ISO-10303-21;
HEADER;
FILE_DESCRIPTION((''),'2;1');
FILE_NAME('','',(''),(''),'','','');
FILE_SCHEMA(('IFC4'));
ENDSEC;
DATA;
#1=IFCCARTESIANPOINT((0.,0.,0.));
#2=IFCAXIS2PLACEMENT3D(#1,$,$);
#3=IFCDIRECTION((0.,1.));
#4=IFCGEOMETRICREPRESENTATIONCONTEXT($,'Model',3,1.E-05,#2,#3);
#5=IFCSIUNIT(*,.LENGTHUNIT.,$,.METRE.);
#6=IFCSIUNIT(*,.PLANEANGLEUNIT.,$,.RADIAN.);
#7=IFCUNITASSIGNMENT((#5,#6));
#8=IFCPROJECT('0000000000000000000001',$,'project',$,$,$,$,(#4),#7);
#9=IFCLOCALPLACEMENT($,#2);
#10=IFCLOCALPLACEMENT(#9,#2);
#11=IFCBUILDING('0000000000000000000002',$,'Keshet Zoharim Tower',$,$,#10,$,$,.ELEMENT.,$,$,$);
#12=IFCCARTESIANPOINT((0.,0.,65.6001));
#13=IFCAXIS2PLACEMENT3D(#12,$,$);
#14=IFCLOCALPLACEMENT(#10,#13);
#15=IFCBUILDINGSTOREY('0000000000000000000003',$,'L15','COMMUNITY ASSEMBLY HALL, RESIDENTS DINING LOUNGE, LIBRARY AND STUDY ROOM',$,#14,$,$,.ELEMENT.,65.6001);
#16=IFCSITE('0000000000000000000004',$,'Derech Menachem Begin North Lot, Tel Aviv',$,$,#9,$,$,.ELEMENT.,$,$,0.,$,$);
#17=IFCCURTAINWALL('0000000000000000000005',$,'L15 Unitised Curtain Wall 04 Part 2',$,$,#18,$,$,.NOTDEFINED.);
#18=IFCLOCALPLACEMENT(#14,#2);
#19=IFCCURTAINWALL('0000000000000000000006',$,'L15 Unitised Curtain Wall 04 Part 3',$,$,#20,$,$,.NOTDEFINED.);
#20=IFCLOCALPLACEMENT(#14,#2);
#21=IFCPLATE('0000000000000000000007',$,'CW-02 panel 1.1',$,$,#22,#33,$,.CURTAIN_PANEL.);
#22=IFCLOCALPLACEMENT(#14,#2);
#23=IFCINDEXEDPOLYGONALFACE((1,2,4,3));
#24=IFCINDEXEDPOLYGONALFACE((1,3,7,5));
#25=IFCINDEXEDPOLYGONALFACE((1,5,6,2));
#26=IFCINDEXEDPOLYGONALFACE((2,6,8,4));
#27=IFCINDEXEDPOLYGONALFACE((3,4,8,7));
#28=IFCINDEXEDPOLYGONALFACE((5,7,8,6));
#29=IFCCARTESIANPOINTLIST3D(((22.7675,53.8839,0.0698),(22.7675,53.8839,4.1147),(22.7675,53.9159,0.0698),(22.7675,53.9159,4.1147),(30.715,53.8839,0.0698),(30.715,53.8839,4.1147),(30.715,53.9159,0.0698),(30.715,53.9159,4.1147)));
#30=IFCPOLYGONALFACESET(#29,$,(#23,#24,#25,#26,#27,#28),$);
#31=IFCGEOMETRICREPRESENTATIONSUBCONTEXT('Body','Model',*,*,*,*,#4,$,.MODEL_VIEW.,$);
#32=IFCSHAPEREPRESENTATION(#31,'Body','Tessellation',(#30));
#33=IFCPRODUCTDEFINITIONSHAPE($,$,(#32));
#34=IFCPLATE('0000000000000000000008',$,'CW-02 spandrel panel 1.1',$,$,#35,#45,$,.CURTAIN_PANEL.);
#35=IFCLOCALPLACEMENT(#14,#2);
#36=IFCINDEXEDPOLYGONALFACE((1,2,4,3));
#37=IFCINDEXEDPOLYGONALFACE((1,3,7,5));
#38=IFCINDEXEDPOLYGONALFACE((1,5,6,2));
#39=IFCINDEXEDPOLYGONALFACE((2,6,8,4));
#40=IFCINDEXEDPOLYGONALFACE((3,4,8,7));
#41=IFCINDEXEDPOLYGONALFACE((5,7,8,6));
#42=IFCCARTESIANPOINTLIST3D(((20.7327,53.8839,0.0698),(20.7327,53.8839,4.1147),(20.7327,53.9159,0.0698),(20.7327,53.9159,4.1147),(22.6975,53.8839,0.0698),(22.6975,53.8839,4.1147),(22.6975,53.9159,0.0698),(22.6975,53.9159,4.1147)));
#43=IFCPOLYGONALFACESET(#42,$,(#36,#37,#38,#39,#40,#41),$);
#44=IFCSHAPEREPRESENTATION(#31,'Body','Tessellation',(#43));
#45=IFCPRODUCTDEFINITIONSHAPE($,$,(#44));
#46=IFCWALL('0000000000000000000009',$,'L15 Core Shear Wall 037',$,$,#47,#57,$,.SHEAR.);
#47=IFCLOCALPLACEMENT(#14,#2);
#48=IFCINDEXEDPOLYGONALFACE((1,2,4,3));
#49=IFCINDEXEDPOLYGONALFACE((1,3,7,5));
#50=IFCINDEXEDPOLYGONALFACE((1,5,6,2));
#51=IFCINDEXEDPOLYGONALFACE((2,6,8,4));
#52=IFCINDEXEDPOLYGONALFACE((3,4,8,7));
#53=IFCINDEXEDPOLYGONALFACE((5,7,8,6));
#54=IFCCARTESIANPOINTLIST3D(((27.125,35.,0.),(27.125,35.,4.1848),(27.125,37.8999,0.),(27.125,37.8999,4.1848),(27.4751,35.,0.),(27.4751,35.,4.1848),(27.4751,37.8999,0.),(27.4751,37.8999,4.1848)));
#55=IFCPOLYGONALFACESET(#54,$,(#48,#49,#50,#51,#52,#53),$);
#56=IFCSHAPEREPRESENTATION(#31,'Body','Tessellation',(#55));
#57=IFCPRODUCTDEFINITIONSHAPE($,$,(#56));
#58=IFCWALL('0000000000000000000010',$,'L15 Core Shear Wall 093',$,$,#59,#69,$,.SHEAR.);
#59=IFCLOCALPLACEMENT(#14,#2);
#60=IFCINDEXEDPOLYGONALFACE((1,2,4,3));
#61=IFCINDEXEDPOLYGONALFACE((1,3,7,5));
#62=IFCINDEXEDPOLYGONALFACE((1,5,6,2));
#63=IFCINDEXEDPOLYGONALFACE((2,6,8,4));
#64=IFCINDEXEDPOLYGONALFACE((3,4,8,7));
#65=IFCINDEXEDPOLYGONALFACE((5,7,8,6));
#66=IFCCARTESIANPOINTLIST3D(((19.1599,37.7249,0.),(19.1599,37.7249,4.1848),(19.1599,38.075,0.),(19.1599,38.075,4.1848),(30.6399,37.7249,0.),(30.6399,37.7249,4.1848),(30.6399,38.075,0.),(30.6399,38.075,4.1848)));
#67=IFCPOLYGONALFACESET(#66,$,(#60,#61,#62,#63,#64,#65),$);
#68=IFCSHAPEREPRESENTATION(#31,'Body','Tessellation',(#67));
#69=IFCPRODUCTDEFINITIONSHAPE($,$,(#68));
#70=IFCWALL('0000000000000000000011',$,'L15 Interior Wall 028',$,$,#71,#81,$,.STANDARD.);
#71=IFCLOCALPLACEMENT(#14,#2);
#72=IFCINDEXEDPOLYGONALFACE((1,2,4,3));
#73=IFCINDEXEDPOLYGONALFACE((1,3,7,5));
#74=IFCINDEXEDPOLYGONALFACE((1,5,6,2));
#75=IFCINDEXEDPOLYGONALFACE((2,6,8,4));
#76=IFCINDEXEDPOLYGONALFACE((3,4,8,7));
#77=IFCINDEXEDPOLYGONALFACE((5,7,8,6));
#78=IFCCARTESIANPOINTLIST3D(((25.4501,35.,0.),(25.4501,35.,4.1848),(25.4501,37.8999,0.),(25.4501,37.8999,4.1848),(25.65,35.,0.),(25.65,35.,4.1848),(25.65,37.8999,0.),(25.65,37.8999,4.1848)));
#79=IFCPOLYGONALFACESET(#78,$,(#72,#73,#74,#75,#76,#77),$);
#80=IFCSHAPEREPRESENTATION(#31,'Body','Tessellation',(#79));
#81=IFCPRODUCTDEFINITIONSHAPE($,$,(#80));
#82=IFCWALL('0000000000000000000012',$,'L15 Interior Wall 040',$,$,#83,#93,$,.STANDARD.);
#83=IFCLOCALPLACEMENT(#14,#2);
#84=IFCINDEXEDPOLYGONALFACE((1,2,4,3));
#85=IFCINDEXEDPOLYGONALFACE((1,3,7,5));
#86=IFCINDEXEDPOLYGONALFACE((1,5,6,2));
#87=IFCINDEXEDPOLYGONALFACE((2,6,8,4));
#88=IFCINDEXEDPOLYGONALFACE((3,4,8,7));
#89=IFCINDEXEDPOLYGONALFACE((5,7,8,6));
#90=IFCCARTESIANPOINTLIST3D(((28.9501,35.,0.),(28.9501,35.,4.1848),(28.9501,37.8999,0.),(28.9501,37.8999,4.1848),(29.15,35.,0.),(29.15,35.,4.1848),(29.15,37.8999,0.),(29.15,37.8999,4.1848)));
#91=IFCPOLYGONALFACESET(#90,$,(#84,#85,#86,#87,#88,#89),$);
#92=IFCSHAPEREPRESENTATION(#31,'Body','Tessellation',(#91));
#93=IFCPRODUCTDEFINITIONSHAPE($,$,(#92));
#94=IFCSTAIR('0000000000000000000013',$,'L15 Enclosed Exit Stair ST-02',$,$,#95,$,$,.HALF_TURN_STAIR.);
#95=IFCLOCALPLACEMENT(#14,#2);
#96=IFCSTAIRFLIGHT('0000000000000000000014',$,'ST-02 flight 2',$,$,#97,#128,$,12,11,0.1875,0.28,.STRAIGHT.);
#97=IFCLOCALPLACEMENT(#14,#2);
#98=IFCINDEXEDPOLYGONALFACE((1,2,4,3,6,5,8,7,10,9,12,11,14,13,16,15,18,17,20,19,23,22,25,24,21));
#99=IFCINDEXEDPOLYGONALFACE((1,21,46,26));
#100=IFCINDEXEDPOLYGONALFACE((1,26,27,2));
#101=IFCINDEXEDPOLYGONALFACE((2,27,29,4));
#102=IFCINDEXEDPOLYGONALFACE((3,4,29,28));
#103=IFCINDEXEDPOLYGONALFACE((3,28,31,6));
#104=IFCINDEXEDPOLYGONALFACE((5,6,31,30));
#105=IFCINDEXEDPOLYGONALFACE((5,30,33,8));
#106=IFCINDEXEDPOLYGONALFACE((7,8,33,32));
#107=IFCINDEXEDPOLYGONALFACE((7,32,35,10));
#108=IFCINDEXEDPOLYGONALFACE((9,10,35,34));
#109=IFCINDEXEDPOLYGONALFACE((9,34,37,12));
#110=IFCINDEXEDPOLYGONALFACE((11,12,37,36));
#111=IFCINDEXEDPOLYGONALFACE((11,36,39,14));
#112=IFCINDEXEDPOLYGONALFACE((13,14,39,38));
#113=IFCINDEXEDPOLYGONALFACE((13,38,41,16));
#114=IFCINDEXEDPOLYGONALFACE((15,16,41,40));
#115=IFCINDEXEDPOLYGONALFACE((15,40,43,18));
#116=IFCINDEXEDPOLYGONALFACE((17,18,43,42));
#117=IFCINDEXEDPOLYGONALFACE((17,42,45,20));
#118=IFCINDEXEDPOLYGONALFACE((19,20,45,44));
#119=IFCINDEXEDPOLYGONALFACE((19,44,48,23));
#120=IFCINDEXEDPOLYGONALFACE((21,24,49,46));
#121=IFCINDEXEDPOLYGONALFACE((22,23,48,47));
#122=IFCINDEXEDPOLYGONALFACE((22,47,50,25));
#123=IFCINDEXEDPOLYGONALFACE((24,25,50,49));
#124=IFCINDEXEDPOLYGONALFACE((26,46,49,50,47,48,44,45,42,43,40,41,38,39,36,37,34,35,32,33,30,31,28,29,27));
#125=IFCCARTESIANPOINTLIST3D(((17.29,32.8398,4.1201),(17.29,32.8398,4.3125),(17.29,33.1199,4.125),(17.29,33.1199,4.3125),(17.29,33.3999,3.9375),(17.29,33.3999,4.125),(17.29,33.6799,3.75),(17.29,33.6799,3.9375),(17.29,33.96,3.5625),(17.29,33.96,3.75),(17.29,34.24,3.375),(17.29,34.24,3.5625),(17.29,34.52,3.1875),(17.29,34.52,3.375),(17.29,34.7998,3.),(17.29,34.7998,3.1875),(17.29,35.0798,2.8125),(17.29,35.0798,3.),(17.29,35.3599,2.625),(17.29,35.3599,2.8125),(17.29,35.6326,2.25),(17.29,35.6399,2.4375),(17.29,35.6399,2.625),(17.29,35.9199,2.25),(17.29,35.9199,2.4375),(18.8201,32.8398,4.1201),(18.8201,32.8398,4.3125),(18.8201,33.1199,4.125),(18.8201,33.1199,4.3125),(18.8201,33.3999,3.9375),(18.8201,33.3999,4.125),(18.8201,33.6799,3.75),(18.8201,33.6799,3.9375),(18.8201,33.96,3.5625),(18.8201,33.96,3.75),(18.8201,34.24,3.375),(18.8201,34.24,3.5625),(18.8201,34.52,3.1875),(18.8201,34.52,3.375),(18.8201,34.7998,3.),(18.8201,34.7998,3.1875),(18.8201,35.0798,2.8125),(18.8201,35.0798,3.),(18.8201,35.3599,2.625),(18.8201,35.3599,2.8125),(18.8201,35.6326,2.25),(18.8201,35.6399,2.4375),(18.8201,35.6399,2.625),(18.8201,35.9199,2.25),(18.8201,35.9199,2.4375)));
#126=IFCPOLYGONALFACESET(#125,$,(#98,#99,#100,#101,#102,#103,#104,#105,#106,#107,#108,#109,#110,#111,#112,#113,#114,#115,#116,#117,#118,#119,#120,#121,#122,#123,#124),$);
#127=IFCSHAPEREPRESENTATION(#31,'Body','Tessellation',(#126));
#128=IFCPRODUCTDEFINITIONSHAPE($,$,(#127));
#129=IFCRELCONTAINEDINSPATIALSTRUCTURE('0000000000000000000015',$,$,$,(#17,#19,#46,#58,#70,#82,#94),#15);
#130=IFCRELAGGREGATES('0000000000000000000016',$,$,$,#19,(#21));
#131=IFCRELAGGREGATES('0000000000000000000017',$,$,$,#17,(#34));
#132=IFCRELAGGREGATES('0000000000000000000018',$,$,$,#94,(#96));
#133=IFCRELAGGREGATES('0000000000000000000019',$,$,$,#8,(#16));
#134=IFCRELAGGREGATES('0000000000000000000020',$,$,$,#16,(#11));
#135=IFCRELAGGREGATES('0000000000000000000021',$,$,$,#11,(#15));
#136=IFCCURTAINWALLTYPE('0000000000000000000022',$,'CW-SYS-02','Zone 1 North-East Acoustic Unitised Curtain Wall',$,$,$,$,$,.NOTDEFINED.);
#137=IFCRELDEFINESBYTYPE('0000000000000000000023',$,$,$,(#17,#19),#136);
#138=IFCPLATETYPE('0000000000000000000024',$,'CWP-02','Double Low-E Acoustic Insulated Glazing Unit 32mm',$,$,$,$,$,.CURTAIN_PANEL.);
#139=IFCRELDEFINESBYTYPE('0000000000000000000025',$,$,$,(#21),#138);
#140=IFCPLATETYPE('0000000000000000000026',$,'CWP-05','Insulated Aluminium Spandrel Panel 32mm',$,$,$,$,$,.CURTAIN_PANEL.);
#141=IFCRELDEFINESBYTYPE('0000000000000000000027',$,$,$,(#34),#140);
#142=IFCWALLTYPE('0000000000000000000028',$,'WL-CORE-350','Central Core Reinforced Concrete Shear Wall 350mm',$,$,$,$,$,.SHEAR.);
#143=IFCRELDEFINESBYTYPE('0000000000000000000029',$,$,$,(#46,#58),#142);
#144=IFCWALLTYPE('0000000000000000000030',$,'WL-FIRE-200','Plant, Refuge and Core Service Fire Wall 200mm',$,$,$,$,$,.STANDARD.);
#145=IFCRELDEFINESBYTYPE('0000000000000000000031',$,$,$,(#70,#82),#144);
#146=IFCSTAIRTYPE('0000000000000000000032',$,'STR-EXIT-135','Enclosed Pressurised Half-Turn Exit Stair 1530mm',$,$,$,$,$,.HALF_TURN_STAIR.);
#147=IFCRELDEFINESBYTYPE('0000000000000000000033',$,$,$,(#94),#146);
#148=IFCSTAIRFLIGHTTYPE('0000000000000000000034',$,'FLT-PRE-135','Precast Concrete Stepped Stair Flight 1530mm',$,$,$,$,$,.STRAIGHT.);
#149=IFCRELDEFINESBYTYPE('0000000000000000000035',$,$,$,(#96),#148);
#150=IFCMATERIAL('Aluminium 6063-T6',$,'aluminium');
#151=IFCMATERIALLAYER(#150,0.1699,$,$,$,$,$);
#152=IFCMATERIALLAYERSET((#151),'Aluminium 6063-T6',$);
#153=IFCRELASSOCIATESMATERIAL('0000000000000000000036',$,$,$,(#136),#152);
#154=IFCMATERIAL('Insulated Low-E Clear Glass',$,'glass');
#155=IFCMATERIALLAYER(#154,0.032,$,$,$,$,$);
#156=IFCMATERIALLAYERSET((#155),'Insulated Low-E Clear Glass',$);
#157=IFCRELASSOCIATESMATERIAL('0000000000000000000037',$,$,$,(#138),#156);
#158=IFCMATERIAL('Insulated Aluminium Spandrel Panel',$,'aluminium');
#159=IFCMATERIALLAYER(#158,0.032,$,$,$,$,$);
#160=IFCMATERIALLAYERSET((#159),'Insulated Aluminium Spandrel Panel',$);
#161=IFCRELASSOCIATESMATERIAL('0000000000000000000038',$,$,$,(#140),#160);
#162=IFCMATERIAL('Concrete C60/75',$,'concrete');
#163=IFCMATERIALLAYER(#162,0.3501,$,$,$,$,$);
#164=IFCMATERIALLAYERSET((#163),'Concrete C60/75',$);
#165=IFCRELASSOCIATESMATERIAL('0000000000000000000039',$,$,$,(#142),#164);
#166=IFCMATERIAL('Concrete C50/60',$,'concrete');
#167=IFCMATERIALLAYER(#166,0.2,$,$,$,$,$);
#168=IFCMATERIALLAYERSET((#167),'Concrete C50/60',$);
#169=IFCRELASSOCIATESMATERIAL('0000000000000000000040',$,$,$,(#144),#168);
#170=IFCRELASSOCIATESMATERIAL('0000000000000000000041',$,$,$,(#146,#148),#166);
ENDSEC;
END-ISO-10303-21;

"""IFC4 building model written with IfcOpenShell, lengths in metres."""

from ifc_helpers import new_model, si_unit, direction, frame, frame_2d, origin, origin_2d, place, context, subcontext, project, spatial, polyline, rectangle, outline, extrude, material, layer, layer_set, type_object, element, aggregate, save


model = new_model("IFC4")

# Units and contexts
model_context = context("Model", 3, precision=1e-05, world=origin(), true_north=direction((0.0, 1.0)))
body_context = subcontext(model_context, "Body", "Model", "MODEL_VIEW")
ifc_project = project(units=[si_unit("LENGTHUNIT", "METRE"), si_unit("PLANEANGLEUNIT", "RADIAN")], contexts=[model_context])

# Site, building, storey
site_placement = place(None, origin())
site = spatial("IfcSite", under=ifc_project, at=site_placement, Name="Derech Menachem Begin North Lot, Tel Aviv", CompositionType="ELEMENT", RefElevation=0.0)
building_placement = place(site_placement, origin())
building = spatial("IfcBuilding", under=site, at=building_placement, Name="Keshet Zoharim Tower", CompositionType="ELEMENT")
storey_placement = place(building_placement, frame((0.0, 0.0, 65.6001)))
storey = spatial("IfcBuildingStorey", under=building, at=storey_placement, Name="L15", Description="COMMUNITY ASSEMBLY HALL, RESIDENTS DINING LOUNGE, LIBRARY AND STUDY ROOM", CompositionType="ELEMENT", Elevation=65.6001)

# Curtain walls
ifc_material_1 = material(Name="Aluminium 6063-T6", Category="aluminium")
ifc_layer_1 = layer(ifc_material_1, 0.1699)
ifc_layer_set_1 = layer_set([ifc_layer_1], Name="Aluminium 6063-T6")
curtain_wall_type = type_object("IfcCurtainWallType", Name="CW-SYS-02", Description="Zone 1 North-East Acoustic Unitised Curtain Wall", PredefinedType="NOTDEFINED", material=ifc_layer_set_1)
curtain_wall_1_placement = place(storey_placement, origin())
curtain_wall_1 = element("IfcCurtainWall", 1, at=curtain_wall_1_placement, inside=storey, type_object=curtain_wall_type, Name="L15 Unitised Curtain Wall 04 Part 2", PredefinedType="NOTDEFINED")
curtain_wall_2_placement = place(storey_placement, origin())
curtain_wall_2 = element("IfcCurtainWall", 2, at=curtain_wall_2_placement, inside=storey, type_object=curtain_wall_type, Name="L15 Unitised Curtain Wall 04 Part 3", PredefinedType="NOTDEFINED")

# Plates
ifc_material_2 = material(Name="Insulated Low-E Clear Glass", Category="glass")
ifc_layer_2 = layer(ifc_material_2, 0.032)
ifc_layer_set_2 = layer_set([ifc_layer_2], Name="Insulated Low-E Clear Glass")
plate_type_1 = type_object("IfcPlateType", Name="CWP-02", Description="Double Low-E Acoustic Insulated Glazing Unit 32mm", PredefinedType="CURTAIN_PANEL", material=ifc_layer_set_2)
plate_1_placement = place(storey_placement, frame((26.7412, 53.8999, 0.0698), z_axis=(0.0, 0.0, 1.0), x_axis=(1.0, 0.0, 0.0)))
plate_1 = element("IfcPlate", 3, at=plate_1_placement, type_object=plate_type_1, Name="CW-02 panel 1.1", PredefinedType="CURTAIN_PANEL", context=body_context, shape_type="SweptSolid", body=[
    extrude(rectangle(XDim=7.9475, YDim=0.032, at=origin_2d()), origin(), (0.0, 0.0, 1.0), 4.0449),
])
aggregate(curtain_wall_2, [plate_1])
ifc_material_3 = material(Name="Insulated Aluminium Spandrel Panel", Category="aluminium")
ifc_layer_3 = layer(ifc_material_3, 0.032)
ifc_layer_set_3 = layer_set([ifc_layer_3], Name="Insulated Aluminium Spandrel Panel")
plate_type_2 = type_object("IfcPlateType", Name="CWP-05", Description="Insulated Aluminium Spandrel Panel 32mm", PredefinedType="CURTAIN_PANEL", material=ifc_layer_set_3)
plate_2_placement = place(storey_placement, frame((21.7151, 53.8999, 0.0698), z_axis=(0.0, 0.0, 1.0), x_axis=(1.0, 0.0, 0.0)))
plate_2 = element("IfcPlate", 4, at=plate_2_placement, type_object=plate_type_2, Name="CW-02 spandrel panel 1.1", PredefinedType="CURTAIN_PANEL", context=body_context, shape_type="SweptSolid", body=[
    extrude(rectangle(XDim=1.9648, YDim=0.032, at=origin_2d()), origin(), (0.0, 0.0, 1.0), 4.0449),
])
aggregate(curtain_wall_1, [plate_2])

# Walls
ifc_material_4 = material(Name="Concrete C60/75", Category="concrete")
ifc_layer_4 = layer(ifc_material_4, 0.3501)
ifc_layer_set_4 = layer_set([ifc_layer_4], Name="Concrete C60/75")
wall_type_1 = type_object("IfcWallType", Name="WL-CORE-350", Description="Central Core Reinforced Concrete Shear Wall 350mm", PredefinedType="SHEAR", material=ifc_layer_set_4)
wall_1_placement = place(storey_placement, frame((27.3, 35.0, 0.0), z_axis=(0.0, 0.0, 1.0), x_axis=(0.0, 1.0, 0.0)))
element("IfcWall", 5, at=wall_1_placement, inside=storey, type_object=wall_type_1, Name="L15 Core Shear Wall 037", PredefinedType="SHEAR", context=body_context, shape_type="SweptSolid", body=[
    extrude(rectangle(XDim=2.8999, YDim=0.3501, at=frame_2d((1.45, 0.0))), origin(), (0.0, 0.0, 1.0), 4.1848),
])
wall_2_placement = place(storey_placement, frame((19.1599, 37.8999, 0.0), z_axis=(0.0, 0.0, 1.0), x_axis=(1.0, 0.0, 0.0)))
element("IfcWall", 6, at=wall_2_placement, inside=storey, type_object=wall_type_1, Name="L15 Core Shear Wall 093", PredefinedType="SHEAR", context=body_context, shape_type="SweptSolid", body=[
    extrude(rectangle(XDim=11.48, YDim=0.3501, at=frame_2d((5.74, 0.0))), origin(), (0.0, 0.0, 1.0), 4.1848),
])
ifc_material_5 = material(Name="Concrete C50/60", Category="concrete")
ifc_layer_5 = layer(ifc_material_5, 0.2)
ifc_layer_set_5 = layer_set([ifc_layer_5], Name="Concrete C50/60")
wall_type_2 = type_object("IfcWallType", Name="WL-FIRE-200", Description="Plant, Refuge and Core Service Fire Wall 200mm", PredefinedType="STANDARD", material=ifc_layer_set_5)
for number, where, z_axis, x_axis, name in (
    (7, (25.55, 35.0, 0.0), (0.0, 0.0, 1.0), (0.0, 1.0, 0.0), "L15 Interior Wall 028"),
    (8, (29.05, 35.0, 0.0), (0.0, 0.0, 1.0), (0.0, 1.0, 0.0), "L15 Interior Wall 040"),
):
    element("IfcWall", number, at=place(storey_placement, frame(where, z_axis=z_axis, x_axis=x_axis)), inside=storey, type_object=wall_type_2, Name=name, PredefinedType="STANDARD", context=body_context, shape_type="SweptSolid", body=[
        extrude(rectangle(XDim=2.8999, YDim=0.2, at=frame_2d((1.45, 0.0))), origin(), (0.0, 0.0, 1.0), 4.1848),
    ])

# Stair, stair flight
stair_type = type_object("IfcStairType", Name="STR-EXIT-135", Description="Enclosed Pressurised Half-Turn Exit Stair 1530mm", PredefinedType="HALF_TURN_STAIR", material=ifc_material_5)
stair_placement = place(storey_placement, origin())
stair = element("IfcStair", 9, at=stair_placement, inside=storey, type_object=stair_type, Name="L15 Enclosed Exit Stair ST-02", PredefinedType="HALF_TURN_STAIR")
stair_flight_type = type_object("IfcStairFlightType", Name="FLT-PRE-135", Description="Precast Concrete Stepped Stair Flight 1530mm", PredefinedType="STRAIGHT", material=ifc_material_5)
stair_flight_placement = place(storey_placement, frame((18.0549, 35.9199, 2.25), z_axis=(0.0, 0.0, 1.0), x_axis=(0.0, -1.0, 0.0)))
stair_flight = element("IfcStairFlight", 10, at=stair_flight_placement, type_object=stair_flight_type, Name="ST-02 flight 2", NumberOfRisers=12, NumberOfTreads=11, PredefinedType="STRAIGHT", RiserHeight=0.1875, TreadLength=0.28, context=body_context, shape_type="SweptSolid", body=[
    extrude(outline(polyline([(0.0, 0.0), (0.0, 0.1875), (0.28, 0.1875), (0.28, 0.375), (0.5601, 0.375), (0.5601, 0.5625), (0.8401, 0.5625), (0.8401, 0.75), (1.1201, 0.75), (1.1201, 0.9375), (1.3999, 0.9375), (1.3999, 1.125), (1.6799, 1.125), (1.6799, 1.3125), (1.96, 1.3125), (1.96, 1.5), (2.24, 1.5), (2.24, 1.6875), (2.52, 1.6875), (2.52, 1.875), (2.8, 1.875), (2.8, 2.0625), (3.0801, 2.0625), (3.0801, 2.25), (3.0801, 1.8701), (0.2874, 0.0), (0.0, 0.0)])), frame((0.0, 0.7651, 0.0), z_axis=(0.0, -1.0, 0.0), x_axis=(1.0, 0.0, 0.0)), (0.0, 0.0, 1.0), 1.53),
])
aggregate(stair, [stair_flight])

save(model, "model.ifc")
